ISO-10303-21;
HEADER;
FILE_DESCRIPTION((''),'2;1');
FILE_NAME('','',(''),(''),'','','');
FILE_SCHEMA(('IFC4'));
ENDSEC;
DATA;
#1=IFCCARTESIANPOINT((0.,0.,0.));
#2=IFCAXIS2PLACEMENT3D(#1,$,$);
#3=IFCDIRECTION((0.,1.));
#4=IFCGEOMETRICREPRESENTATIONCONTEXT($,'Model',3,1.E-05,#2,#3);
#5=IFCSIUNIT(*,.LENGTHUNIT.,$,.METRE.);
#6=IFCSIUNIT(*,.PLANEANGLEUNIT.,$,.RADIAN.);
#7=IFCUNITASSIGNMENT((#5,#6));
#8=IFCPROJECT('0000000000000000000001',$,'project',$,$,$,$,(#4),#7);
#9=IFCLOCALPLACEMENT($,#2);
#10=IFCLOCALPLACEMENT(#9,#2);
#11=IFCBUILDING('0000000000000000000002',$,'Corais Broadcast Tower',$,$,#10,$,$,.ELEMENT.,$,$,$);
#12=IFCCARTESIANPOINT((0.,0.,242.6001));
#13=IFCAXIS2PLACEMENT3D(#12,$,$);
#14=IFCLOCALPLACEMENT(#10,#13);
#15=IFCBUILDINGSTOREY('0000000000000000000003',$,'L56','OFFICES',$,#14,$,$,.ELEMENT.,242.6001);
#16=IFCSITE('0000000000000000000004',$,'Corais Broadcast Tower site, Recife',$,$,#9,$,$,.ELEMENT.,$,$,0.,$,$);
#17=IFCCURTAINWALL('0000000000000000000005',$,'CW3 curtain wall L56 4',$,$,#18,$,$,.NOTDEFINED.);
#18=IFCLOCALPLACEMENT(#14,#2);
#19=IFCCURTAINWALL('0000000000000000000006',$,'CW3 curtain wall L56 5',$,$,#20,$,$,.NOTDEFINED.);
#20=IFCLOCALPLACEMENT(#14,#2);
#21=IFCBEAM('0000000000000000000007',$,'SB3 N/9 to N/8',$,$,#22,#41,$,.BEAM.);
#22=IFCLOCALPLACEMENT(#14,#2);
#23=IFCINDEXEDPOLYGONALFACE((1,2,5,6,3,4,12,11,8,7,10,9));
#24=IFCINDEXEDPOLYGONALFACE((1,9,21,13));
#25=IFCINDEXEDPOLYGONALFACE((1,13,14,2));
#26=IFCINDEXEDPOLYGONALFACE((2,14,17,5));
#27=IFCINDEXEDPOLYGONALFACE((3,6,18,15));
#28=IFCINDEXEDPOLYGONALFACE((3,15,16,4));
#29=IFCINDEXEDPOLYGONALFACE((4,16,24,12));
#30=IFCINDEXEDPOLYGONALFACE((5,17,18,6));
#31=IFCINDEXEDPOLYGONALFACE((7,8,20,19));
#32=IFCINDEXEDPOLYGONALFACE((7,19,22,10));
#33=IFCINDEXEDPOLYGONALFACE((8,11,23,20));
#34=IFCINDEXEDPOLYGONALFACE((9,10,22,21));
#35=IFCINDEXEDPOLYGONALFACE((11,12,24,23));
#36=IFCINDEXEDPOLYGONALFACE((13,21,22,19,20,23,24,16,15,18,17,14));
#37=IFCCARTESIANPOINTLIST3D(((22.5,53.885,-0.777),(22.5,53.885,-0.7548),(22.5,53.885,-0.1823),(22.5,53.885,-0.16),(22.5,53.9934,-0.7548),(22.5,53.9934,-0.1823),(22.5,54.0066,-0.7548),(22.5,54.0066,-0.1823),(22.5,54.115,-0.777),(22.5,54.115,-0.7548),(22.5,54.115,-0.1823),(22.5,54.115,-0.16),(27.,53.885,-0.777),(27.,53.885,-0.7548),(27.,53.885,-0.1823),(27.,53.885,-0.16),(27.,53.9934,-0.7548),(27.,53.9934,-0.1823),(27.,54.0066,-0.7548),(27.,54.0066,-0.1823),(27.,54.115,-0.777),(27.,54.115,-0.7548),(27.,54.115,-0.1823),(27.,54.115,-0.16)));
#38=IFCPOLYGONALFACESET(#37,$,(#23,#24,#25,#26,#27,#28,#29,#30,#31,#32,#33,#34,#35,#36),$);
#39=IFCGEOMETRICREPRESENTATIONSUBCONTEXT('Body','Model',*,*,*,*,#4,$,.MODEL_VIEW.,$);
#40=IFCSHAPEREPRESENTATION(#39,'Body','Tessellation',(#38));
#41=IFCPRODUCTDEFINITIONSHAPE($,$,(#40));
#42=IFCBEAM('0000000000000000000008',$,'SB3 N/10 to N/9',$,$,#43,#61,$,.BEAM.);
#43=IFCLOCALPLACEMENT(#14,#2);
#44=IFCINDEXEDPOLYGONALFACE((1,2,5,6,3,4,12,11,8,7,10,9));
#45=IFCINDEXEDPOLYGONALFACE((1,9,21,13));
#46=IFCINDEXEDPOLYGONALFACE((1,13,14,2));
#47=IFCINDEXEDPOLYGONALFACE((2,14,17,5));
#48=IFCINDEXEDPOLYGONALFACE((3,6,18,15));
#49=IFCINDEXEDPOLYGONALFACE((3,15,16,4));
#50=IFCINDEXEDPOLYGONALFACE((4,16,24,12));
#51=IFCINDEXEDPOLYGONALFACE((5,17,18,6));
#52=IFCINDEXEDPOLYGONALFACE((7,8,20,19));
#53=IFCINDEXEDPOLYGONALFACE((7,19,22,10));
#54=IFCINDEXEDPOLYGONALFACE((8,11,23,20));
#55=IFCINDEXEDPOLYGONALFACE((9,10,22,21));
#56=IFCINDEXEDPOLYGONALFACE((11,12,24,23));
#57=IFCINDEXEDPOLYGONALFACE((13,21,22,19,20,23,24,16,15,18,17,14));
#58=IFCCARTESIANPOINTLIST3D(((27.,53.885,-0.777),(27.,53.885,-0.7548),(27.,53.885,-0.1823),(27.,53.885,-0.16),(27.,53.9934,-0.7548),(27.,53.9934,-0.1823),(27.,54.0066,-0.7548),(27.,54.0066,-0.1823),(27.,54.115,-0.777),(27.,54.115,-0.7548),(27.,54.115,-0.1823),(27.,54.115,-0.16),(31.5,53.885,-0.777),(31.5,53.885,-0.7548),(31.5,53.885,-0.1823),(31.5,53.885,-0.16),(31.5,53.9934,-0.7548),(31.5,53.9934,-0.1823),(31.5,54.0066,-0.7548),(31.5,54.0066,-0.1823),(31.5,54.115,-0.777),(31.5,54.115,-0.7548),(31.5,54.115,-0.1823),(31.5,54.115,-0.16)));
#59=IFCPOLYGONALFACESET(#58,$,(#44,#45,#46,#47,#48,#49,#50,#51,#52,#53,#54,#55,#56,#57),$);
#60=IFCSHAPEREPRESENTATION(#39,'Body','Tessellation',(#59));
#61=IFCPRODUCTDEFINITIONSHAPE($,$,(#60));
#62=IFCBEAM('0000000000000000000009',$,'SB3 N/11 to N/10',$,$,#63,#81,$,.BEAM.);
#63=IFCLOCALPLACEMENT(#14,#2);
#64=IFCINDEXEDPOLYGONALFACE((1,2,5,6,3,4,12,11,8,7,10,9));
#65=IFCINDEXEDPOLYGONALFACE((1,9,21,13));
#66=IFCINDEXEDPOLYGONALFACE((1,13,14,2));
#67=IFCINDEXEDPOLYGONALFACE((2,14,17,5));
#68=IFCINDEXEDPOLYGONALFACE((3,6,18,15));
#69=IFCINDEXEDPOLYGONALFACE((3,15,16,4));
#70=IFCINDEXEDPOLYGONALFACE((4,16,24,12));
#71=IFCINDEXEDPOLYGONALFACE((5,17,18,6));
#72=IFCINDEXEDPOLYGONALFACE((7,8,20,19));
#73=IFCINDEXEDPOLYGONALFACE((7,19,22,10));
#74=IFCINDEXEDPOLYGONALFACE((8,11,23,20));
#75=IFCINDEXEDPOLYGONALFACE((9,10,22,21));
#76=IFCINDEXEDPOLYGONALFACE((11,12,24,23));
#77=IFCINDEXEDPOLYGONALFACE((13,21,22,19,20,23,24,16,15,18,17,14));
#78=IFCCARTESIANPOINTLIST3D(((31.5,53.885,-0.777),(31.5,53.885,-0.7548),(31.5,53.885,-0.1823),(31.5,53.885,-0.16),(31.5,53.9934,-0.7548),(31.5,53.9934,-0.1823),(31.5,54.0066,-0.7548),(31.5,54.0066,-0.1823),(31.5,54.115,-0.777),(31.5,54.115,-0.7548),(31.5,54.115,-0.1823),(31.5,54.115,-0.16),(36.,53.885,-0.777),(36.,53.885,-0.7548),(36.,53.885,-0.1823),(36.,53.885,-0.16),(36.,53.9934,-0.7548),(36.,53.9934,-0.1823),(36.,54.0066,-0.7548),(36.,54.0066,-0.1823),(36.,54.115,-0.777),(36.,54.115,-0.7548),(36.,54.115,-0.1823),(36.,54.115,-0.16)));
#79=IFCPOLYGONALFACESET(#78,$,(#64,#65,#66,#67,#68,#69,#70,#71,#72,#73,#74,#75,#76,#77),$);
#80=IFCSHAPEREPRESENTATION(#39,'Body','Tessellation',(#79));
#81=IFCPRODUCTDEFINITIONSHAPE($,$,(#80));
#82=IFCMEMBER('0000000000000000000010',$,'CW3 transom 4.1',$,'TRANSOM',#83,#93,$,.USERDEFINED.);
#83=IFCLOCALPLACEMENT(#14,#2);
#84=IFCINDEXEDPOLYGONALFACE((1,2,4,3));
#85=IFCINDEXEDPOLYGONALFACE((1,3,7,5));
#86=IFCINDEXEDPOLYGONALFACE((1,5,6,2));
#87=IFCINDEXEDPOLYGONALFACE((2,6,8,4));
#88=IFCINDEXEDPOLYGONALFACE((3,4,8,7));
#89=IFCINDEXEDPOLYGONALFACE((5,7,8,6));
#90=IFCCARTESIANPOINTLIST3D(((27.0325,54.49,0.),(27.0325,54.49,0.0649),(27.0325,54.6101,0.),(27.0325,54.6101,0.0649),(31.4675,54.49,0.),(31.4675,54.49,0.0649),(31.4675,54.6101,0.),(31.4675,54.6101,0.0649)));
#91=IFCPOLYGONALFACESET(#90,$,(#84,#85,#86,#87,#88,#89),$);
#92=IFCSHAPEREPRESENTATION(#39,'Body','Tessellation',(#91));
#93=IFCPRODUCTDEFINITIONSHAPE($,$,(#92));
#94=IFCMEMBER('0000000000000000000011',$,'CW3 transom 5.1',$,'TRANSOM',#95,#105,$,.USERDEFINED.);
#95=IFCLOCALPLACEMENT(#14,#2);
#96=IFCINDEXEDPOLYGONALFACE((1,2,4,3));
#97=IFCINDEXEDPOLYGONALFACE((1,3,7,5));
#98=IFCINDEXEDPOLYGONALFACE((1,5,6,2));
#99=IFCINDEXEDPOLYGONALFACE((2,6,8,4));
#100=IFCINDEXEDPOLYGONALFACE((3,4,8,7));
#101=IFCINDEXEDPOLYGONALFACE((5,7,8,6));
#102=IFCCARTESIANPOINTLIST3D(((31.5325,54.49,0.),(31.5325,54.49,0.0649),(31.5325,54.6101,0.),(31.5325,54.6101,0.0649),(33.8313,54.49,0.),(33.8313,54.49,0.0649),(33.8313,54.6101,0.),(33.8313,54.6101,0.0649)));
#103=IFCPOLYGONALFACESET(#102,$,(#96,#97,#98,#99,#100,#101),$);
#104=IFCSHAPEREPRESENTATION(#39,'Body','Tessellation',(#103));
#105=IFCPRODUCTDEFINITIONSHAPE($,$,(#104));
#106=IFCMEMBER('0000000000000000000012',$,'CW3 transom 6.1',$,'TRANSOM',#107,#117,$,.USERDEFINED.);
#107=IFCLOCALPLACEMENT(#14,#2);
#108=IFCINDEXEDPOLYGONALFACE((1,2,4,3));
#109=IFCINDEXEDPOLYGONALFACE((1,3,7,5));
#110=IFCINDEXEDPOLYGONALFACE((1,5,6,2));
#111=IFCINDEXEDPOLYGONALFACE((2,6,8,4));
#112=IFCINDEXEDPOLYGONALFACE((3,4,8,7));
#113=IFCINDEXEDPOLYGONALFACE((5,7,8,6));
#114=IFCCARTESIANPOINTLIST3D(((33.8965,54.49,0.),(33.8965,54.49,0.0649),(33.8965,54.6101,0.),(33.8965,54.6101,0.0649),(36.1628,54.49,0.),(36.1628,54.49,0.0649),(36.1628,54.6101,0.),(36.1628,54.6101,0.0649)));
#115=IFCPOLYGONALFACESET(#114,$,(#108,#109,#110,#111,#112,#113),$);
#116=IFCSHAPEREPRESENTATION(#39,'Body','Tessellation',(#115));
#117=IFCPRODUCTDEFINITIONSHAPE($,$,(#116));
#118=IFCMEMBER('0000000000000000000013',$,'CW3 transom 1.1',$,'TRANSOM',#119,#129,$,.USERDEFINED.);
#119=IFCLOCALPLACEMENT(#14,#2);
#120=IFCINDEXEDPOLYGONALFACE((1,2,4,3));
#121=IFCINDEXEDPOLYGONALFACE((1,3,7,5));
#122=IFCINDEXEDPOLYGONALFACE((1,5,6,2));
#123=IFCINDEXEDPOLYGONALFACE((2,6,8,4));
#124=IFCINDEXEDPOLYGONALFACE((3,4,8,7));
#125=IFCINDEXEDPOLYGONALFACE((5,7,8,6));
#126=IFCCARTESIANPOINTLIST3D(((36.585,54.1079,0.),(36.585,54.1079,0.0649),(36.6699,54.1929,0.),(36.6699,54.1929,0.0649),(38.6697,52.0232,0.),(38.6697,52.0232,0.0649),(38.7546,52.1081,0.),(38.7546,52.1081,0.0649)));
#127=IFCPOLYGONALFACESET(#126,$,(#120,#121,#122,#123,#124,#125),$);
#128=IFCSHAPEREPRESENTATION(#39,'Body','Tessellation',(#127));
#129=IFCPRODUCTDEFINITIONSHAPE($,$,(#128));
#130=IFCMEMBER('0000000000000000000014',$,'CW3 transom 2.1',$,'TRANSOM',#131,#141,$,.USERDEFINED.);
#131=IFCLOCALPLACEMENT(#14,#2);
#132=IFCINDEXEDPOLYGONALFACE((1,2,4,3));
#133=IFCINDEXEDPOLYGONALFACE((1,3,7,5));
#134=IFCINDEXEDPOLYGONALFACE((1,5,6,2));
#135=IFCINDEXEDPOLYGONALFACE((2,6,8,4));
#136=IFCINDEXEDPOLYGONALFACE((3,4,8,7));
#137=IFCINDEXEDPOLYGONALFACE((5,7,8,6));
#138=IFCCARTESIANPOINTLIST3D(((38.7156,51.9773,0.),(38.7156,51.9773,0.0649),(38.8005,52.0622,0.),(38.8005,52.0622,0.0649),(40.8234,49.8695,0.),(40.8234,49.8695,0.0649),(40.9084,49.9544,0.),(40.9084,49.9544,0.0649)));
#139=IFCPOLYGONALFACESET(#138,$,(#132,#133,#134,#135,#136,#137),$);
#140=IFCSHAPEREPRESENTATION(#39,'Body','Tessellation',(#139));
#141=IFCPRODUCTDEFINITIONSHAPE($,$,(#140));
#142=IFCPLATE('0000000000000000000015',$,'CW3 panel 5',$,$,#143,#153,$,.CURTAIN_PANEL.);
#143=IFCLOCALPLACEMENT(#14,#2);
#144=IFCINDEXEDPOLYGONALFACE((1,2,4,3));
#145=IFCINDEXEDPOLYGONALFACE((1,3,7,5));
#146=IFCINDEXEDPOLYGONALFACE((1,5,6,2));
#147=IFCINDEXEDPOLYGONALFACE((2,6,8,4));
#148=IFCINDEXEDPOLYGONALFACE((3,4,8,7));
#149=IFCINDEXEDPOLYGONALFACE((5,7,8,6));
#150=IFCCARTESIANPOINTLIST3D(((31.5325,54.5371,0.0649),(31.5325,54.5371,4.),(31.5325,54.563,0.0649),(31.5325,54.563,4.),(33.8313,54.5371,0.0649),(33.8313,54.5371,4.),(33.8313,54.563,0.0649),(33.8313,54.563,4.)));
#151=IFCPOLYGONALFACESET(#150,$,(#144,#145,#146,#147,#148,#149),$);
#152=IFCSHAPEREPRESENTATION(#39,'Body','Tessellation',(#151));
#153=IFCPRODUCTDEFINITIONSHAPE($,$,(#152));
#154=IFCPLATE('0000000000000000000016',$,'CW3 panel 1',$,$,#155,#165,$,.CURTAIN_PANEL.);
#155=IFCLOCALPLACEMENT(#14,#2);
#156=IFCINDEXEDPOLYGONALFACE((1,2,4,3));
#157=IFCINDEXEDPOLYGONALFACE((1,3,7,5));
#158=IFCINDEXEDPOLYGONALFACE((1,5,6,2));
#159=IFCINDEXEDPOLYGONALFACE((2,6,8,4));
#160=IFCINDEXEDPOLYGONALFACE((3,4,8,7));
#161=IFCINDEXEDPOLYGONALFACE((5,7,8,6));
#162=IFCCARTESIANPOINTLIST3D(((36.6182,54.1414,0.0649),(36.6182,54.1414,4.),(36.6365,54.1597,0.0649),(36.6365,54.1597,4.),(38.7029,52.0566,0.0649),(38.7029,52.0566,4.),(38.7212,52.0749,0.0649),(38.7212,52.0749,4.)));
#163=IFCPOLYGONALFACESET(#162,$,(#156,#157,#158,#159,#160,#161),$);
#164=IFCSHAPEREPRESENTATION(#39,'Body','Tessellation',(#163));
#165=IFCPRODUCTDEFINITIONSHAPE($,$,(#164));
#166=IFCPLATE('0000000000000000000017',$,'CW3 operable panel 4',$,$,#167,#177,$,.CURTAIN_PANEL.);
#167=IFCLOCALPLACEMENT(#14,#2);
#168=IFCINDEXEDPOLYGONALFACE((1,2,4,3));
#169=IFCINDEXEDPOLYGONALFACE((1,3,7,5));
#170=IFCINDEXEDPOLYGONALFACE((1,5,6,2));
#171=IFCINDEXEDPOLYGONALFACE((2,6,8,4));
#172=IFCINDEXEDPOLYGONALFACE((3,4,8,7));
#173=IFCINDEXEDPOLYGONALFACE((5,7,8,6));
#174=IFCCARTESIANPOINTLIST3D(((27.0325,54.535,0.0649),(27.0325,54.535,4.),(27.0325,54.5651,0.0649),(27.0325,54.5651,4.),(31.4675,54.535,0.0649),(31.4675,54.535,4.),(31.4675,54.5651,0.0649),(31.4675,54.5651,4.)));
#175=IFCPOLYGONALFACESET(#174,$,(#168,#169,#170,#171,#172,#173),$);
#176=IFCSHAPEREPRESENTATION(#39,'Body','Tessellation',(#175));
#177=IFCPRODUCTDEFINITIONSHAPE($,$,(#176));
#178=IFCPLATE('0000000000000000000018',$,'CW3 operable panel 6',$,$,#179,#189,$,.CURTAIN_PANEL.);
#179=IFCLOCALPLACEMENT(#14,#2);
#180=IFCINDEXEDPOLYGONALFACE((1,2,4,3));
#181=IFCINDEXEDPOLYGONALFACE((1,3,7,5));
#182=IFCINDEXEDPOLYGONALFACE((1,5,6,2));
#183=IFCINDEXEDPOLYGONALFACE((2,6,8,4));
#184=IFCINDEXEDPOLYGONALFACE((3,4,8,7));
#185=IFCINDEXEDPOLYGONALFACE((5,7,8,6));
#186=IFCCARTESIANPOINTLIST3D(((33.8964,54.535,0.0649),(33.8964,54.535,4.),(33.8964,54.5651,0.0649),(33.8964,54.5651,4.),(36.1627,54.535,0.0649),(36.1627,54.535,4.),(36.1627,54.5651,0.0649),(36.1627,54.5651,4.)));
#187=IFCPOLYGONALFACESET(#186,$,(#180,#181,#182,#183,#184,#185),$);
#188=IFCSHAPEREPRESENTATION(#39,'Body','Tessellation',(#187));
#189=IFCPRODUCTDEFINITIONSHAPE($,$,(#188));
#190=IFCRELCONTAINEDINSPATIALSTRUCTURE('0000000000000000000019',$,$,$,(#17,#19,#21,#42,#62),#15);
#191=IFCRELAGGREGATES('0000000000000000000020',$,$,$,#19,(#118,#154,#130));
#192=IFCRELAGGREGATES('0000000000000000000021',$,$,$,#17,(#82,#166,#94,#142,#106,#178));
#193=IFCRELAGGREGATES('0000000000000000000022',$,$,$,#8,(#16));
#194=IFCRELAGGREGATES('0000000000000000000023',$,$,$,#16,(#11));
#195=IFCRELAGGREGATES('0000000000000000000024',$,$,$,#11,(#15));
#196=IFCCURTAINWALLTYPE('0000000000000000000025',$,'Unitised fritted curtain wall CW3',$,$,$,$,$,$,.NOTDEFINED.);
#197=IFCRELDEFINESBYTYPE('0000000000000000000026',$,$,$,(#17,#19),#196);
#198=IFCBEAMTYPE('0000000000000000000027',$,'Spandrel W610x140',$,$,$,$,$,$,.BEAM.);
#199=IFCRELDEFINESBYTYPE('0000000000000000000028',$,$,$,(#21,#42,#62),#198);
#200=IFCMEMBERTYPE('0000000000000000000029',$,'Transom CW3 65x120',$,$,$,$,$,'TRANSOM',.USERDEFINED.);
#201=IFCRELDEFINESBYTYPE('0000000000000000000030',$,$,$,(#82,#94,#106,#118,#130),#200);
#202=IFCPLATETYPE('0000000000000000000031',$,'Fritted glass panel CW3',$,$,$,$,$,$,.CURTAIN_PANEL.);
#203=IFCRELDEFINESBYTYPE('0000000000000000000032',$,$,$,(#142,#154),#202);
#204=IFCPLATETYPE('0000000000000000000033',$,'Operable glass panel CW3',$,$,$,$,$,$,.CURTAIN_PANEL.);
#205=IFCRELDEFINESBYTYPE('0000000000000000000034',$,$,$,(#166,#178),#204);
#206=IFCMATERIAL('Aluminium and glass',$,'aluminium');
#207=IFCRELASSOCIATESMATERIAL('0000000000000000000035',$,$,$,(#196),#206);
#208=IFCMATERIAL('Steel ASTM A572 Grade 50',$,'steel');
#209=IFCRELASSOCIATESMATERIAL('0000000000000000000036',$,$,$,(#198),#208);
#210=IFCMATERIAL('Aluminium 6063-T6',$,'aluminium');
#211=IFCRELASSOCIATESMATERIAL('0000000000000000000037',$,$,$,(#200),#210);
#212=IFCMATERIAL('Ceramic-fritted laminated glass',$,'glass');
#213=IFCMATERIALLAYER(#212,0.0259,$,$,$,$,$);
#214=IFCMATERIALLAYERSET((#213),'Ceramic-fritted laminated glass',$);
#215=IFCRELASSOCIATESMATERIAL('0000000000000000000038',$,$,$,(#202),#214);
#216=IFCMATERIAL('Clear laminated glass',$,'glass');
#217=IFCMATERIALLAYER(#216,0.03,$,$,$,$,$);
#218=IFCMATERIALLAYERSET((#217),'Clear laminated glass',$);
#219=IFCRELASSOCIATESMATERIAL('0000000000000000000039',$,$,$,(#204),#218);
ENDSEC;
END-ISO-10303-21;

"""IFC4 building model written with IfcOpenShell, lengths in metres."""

from ifc_helpers import new_model, si_unit, direction, frame, origin, origin_2d, place, context, subcontext, project, spatial, rectangle, i_section, extrude, material, layer, layer_set, material_profile, profile_set, type_object, element, aggregate, save


model = new_model("IFC4")

# Units and contexts
model_context = context("Model", 3, precision=1e-05, world=origin(), true_north=direction((0.0, 1.0)))
body_context = subcontext(model_context, "Body", "Model", "MODEL_VIEW")
ifc_project = project(units=[si_unit("LENGTHUNIT", "METRE"), si_unit("PLANEANGLEUNIT", "RADIAN")], contexts=[model_context])

# Site, building, storey
site_placement = place(None, origin())
site = spatial("IfcSite", under=ifc_project, at=site_placement, Name="Corais Broadcast Tower site, Recife", CompositionType="ELEMENT", RefElevation=0.0)
building_placement = place(site_placement, origin())
building = spatial("IfcBuilding", under=site, at=building_placement, Name="Corais Broadcast Tower", CompositionType="ELEMENT")
storey_placement = place(building_placement, frame((0.0, 0.0, 242.6001)))
storey = spatial("IfcBuildingStorey", under=building, at=storey_placement, Name="L56", Description="OFFICES", CompositionType="ELEMENT", Elevation=242.6001)

# Curtain walls
ifc_material_1 = material(Name="Aluminium and glass", Category="aluminium")
curtain_wall_type = type_object("IfcCurtainWallType", Name="Unitised fritted curtain wall CW3", PredefinedType="NOTDEFINED", material=ifc_material_1)
curtain_wall_1_placement = place(storey_placement, origin())
curtain_wall_1 = element("IfcCurtainWall", 1, at=curtain_wall_1_placement, inside=storey, type_object=curtain_wall_type, Name="CW3 curtain wall L56 4", PredefinedType="NOTDEFINED")
curtain_wall_2_placement = place(storey_placement, origin())
curtain_wall_2 = element("IfcCurtainWall", 2, at=curtain_wall_2_placement, inside=storey, type_object=curtain_wall_type, Name="CW3 curtain wall L56 5", PredefinedType="NOTDEFINED")

# Beams
ifc_material_2 = material(Name="Steel ASTM A572 Grade 50", Category="steel")
ifc_material_profile_1 = material_profile(ifc_material_2, i_section(OverallWidth=0.23, OverallDepth=0.6169, WebThickness=0.0132, FlangeThickness=0.0222, at=origin_2d()), Name="W610x140")
ifc_profile_set_1 = profile_set([ifc_material_profile_1], Name="Steel ASTM A572 Grade 50")
beam_type_1 = type_object("IfcBeamType", Name="Spandrel W610x140", PredefinedType="BEAM", material=ifc_profile_set_1)
for number, where, z_axis, x_axis, name in (
    (3, (27.0, 54.0, -0.4685), (-1.0, 0.0, 0.0), (0.0, -1.0, 0.0), "SB3 N/9 to N/8"),
    (4, (31.5, 54.0, -0.4685), (-1.0, 0.0, 0.0), (0.0, -1.0, 0.0), "SB3 N/10 to N/9"),
    (5, (36.0, 54.0, -0.4685), (-1.0, 0.0, 0.0), (0.0, -1.0, 0.0), "SB3 N/11 to N/10"),
):
    element("IfcBeam", number, at=place(storey_placement, frame(where, z_axis=z_axis, x_axis=x_axis)), inside=storey, type_object=beam_type_1, Name=name, PredefinedType="BEAM", context=body_context, shape_type="SweptSolid", body=[
        extrude(i_section(OverallWidth=0.23, OverallDepth=0.6169, WebThickness=0.0132, FlangeThickness=0.0222, at=origin_2d()), origin(), (0.0, 0.0, 1.0), 4.5),
    ])

# Members
ifc_material_3 = material(Name="Aluminium 6063-T6", Category="aluminium")
ifc_material_profile_2 = material_profile(ifc_material_3, rectangle(XDim=0.1201, YDim=0.0649, at=origin_2d()), Name="Transom CW3 65x120")
ifc_profile_set_2 = profile_set([ifc_material_profile_2], Name="Aluminium 6063-T6")
member_type_1 = type_object("IfcMemberType", Name="Transom CW3 65x120", ElementType="TRANSOM", PredefinedType="USERDEFINED", material=ifc_profile_set_2)
member_1_placement = place(storey_placement, frame((27.0325, 54.55, 0.0325), z_axis=(1.0, 0.0, 0.0), x_axis=(0.0, 1.0, 0.0)))
member_1 = element("IfcMember", 6, at=member_1_placement, type_object=member_type_1, Name="CW3 transom 4.1", ObjectType="TRANSOM", PredefinedType="USERDEFINED", context=body_context, shape_type="SweptSolid", body=[
    extrude(rectangle(XDim=0.1201, YDim=0.0649, at=origin_2d()), origin(), (0.0, 0.0, 1.0), 4.4351),
])
member_2_placement = place(storey_placement, frame((31.5325, 54.55, 0.0325), z_axis=(1.0, 0.0, 0.0), x_axis=(0.0, 1.0, 0.0)))
member_2 = element("IfcMember", 7, at=member_2_placement, type_object=member_type_1, Name="CW3 transom 5.1", ObjectType="TRANSOM", PredefinedType="USERDEFINED", context=body_context, shape_type="SweptSolid", body=[
    extrude(rectangle(XDim=0.1201, YDim=0.0649, at=origin_2d()), origin(), (0.0, 0.0, 1.0), 2.2988),
])
member_3_placement = place(storey_placement, frame((33.8965, 54.55, 0.0325), z_axis=(1.0, 0.0, 0.0), x_axis=(0.0, 1.0, 0.0)))
member_3 = element("IfcMember", 8, at=member_3_placement, type_object=member_type_1, Name="CW3 transom 6.1", ObjectType="TRANSOM", PredefinedType="USERDEFINED", context=body_context, shape_type="SweptSolid", body=[
    extrude(rectangle(XDim=0.1201, YDim=0.0649, at=origin_2d()), origin(), (0.0, 0.0, 1.0), 2.2664),
])
member_4_placement = place(storey_placement, frame((36.6274, 54.1504, 0.0325), z_axis=(0.707107, -0.707107, 0.0), x_axis=(0.707107, 0.707107, 0.0)))
member_4 = element("IfcMember", 9, at=member_4_placement, type_object=member_type_1, Name="CW3 transom 1.1", ObjectType="TRANSOM", PredefinedType="USERDEFINED", context=body_context, shape_type="SweptSolid", body=[
    extrude(rectangle(XDim=0.1201, YDim=0.0649, at=origin_2d()), origin(), (0.0, 0.0, 1.0), 2.9482),
])
member_5_placement = place(storey_placement, frame((38.7581, 52.0198, 0.0325), z_axis=(0.707107, -0.707107, 0.0), x_axis=(0.707107, 0.707107, 0.0)))
member_5 = element("IfcMember", 10, at=member_5_placement, type_object=member_type_1, Name="CW3 transom 2.1", ObjectType="TRANSOM", PredefinedType="USERDEFINED", context=body_context, shape_type="SweptSolid", body=[
    extrude(rectangle(XDim=0.1201, YDim=0.0649, at=origin_2d()), origin(), (0.0, 0.0, 1.0), 2.981),
])

# Plates
ifc_material_4 = material(Name="Ceramic-fritted laminated glass", Category="glass")
ifc_layer_1 = layer(ifc_material_4, 0.0259)
ifc_layer_set_1 = layer_set([ifc_layer_1], Name="Ceramic-fritted laminated glass")
plate_type_1 = type_object("IfcPlateType", Name="Fritted glass panel CW3", PredefinedType="CURTAIN_PANEL", material=ifc_layer_set_1)
plate_1_placement = place(storey_placement, frame((32.6819, 54.55, 0.0649), z_axis=(0.0, 0.0, 1.0), x_axis=(1.0, 0.0, 0.0)))
plate_1 = element("IfcPlate", 11, at=plate_1_placement, type_object=plate_type_1, Name="CW3 panel 5", PredefinedType="CURTAIN_PANEL", context=body_context, shape_type="SweptSolid", body=[
    extrude(rectangle(XDim=2.2988, YDim=0.0259, at=origin_2d()), origin(), (0.0, 0.0, 1.0), 3.9351),
])
plate_2_placement = place(storey_placement, frame((37.6697, 53.1082, 0.0649), z_axis=(0.0, 0.0, 1.0), x_axis=(0.707107, -0.707107, 0.0)))
plate_2 = element("IfcPlate", 12, at=plate_2_placement, type_object=plate_type_1, Name="CW3 panel 1", PredefinedType="CURTAIN_PANEL", context=body_context, shape_type="SweptSolid", body=[
    extrude(rectangle(XDim=2.9482, YDim=0.0259, at=origin_2d()), origin(), (0.0, 0.0, 1.0), 3.9351),
])
aggregate(curtain_wall_2, [member_4, plate_2, member_5])
ifc_material_5 = material(Name="Clear laminated glass", Category="glass")
ifc_layer_2 = layer(ifc_material_5, 0.03)
ifc_layer_set_2 = layer_set([ifc_layer_2], Name="Clear laminated glass")
plate_type_2 = type_object("IfcPlateType", Name="Operable glass panel CW3", PredefinedType="CURTAIN_PANEL", material=ifc_layer_set_2)
plate_3_placement = place(storey_placement, frame((29.25, 54.55, 0.0649), z_axis=(0.0, 0.0, 1.0), x_axis=(1.0, 0.0, 0.0)))
plate_3 = element("IfcPlate", 13, at=plate_3_placement, type_object=plate_type_2, Name="CW3 operable panel 4", PredefinedType="CURTAIN_PANEL", context=body_context, shape_type="SweptSolid", body=[
    extrude(rectangle(XDim=4.4351, YDim=0.03, at=origin_2d()), origin(), (0.0, 0.0, 1.0), 3.9351),
])
plate_4_placement = place(storey_placement, frame((35.0295, 54.55, 0.0649), z_axis=(0.0, 0.0, 1.0), x_axis=(1.0, 0.0, 0.0)))
plate_4 = element("IfcPlate", 14, at=plate_4_placement, type_object=plate_type_2, Name="CW3 operable panel 6", PredefinedType="CURTAIN_PANEL", context=body_context, shape_type="SweptSolid", body=[
    extrude(rectangle(XDim=2.2664, YDim=0.03, at=origin_2d()), origin(), (0.0, 0.0, 1.0), 3.9351),
])
aggregate(curtain_wall_1, [member_1, plate_3, member_2, plate_1, member_3, plate_4])

save(model, "model.ifc")
